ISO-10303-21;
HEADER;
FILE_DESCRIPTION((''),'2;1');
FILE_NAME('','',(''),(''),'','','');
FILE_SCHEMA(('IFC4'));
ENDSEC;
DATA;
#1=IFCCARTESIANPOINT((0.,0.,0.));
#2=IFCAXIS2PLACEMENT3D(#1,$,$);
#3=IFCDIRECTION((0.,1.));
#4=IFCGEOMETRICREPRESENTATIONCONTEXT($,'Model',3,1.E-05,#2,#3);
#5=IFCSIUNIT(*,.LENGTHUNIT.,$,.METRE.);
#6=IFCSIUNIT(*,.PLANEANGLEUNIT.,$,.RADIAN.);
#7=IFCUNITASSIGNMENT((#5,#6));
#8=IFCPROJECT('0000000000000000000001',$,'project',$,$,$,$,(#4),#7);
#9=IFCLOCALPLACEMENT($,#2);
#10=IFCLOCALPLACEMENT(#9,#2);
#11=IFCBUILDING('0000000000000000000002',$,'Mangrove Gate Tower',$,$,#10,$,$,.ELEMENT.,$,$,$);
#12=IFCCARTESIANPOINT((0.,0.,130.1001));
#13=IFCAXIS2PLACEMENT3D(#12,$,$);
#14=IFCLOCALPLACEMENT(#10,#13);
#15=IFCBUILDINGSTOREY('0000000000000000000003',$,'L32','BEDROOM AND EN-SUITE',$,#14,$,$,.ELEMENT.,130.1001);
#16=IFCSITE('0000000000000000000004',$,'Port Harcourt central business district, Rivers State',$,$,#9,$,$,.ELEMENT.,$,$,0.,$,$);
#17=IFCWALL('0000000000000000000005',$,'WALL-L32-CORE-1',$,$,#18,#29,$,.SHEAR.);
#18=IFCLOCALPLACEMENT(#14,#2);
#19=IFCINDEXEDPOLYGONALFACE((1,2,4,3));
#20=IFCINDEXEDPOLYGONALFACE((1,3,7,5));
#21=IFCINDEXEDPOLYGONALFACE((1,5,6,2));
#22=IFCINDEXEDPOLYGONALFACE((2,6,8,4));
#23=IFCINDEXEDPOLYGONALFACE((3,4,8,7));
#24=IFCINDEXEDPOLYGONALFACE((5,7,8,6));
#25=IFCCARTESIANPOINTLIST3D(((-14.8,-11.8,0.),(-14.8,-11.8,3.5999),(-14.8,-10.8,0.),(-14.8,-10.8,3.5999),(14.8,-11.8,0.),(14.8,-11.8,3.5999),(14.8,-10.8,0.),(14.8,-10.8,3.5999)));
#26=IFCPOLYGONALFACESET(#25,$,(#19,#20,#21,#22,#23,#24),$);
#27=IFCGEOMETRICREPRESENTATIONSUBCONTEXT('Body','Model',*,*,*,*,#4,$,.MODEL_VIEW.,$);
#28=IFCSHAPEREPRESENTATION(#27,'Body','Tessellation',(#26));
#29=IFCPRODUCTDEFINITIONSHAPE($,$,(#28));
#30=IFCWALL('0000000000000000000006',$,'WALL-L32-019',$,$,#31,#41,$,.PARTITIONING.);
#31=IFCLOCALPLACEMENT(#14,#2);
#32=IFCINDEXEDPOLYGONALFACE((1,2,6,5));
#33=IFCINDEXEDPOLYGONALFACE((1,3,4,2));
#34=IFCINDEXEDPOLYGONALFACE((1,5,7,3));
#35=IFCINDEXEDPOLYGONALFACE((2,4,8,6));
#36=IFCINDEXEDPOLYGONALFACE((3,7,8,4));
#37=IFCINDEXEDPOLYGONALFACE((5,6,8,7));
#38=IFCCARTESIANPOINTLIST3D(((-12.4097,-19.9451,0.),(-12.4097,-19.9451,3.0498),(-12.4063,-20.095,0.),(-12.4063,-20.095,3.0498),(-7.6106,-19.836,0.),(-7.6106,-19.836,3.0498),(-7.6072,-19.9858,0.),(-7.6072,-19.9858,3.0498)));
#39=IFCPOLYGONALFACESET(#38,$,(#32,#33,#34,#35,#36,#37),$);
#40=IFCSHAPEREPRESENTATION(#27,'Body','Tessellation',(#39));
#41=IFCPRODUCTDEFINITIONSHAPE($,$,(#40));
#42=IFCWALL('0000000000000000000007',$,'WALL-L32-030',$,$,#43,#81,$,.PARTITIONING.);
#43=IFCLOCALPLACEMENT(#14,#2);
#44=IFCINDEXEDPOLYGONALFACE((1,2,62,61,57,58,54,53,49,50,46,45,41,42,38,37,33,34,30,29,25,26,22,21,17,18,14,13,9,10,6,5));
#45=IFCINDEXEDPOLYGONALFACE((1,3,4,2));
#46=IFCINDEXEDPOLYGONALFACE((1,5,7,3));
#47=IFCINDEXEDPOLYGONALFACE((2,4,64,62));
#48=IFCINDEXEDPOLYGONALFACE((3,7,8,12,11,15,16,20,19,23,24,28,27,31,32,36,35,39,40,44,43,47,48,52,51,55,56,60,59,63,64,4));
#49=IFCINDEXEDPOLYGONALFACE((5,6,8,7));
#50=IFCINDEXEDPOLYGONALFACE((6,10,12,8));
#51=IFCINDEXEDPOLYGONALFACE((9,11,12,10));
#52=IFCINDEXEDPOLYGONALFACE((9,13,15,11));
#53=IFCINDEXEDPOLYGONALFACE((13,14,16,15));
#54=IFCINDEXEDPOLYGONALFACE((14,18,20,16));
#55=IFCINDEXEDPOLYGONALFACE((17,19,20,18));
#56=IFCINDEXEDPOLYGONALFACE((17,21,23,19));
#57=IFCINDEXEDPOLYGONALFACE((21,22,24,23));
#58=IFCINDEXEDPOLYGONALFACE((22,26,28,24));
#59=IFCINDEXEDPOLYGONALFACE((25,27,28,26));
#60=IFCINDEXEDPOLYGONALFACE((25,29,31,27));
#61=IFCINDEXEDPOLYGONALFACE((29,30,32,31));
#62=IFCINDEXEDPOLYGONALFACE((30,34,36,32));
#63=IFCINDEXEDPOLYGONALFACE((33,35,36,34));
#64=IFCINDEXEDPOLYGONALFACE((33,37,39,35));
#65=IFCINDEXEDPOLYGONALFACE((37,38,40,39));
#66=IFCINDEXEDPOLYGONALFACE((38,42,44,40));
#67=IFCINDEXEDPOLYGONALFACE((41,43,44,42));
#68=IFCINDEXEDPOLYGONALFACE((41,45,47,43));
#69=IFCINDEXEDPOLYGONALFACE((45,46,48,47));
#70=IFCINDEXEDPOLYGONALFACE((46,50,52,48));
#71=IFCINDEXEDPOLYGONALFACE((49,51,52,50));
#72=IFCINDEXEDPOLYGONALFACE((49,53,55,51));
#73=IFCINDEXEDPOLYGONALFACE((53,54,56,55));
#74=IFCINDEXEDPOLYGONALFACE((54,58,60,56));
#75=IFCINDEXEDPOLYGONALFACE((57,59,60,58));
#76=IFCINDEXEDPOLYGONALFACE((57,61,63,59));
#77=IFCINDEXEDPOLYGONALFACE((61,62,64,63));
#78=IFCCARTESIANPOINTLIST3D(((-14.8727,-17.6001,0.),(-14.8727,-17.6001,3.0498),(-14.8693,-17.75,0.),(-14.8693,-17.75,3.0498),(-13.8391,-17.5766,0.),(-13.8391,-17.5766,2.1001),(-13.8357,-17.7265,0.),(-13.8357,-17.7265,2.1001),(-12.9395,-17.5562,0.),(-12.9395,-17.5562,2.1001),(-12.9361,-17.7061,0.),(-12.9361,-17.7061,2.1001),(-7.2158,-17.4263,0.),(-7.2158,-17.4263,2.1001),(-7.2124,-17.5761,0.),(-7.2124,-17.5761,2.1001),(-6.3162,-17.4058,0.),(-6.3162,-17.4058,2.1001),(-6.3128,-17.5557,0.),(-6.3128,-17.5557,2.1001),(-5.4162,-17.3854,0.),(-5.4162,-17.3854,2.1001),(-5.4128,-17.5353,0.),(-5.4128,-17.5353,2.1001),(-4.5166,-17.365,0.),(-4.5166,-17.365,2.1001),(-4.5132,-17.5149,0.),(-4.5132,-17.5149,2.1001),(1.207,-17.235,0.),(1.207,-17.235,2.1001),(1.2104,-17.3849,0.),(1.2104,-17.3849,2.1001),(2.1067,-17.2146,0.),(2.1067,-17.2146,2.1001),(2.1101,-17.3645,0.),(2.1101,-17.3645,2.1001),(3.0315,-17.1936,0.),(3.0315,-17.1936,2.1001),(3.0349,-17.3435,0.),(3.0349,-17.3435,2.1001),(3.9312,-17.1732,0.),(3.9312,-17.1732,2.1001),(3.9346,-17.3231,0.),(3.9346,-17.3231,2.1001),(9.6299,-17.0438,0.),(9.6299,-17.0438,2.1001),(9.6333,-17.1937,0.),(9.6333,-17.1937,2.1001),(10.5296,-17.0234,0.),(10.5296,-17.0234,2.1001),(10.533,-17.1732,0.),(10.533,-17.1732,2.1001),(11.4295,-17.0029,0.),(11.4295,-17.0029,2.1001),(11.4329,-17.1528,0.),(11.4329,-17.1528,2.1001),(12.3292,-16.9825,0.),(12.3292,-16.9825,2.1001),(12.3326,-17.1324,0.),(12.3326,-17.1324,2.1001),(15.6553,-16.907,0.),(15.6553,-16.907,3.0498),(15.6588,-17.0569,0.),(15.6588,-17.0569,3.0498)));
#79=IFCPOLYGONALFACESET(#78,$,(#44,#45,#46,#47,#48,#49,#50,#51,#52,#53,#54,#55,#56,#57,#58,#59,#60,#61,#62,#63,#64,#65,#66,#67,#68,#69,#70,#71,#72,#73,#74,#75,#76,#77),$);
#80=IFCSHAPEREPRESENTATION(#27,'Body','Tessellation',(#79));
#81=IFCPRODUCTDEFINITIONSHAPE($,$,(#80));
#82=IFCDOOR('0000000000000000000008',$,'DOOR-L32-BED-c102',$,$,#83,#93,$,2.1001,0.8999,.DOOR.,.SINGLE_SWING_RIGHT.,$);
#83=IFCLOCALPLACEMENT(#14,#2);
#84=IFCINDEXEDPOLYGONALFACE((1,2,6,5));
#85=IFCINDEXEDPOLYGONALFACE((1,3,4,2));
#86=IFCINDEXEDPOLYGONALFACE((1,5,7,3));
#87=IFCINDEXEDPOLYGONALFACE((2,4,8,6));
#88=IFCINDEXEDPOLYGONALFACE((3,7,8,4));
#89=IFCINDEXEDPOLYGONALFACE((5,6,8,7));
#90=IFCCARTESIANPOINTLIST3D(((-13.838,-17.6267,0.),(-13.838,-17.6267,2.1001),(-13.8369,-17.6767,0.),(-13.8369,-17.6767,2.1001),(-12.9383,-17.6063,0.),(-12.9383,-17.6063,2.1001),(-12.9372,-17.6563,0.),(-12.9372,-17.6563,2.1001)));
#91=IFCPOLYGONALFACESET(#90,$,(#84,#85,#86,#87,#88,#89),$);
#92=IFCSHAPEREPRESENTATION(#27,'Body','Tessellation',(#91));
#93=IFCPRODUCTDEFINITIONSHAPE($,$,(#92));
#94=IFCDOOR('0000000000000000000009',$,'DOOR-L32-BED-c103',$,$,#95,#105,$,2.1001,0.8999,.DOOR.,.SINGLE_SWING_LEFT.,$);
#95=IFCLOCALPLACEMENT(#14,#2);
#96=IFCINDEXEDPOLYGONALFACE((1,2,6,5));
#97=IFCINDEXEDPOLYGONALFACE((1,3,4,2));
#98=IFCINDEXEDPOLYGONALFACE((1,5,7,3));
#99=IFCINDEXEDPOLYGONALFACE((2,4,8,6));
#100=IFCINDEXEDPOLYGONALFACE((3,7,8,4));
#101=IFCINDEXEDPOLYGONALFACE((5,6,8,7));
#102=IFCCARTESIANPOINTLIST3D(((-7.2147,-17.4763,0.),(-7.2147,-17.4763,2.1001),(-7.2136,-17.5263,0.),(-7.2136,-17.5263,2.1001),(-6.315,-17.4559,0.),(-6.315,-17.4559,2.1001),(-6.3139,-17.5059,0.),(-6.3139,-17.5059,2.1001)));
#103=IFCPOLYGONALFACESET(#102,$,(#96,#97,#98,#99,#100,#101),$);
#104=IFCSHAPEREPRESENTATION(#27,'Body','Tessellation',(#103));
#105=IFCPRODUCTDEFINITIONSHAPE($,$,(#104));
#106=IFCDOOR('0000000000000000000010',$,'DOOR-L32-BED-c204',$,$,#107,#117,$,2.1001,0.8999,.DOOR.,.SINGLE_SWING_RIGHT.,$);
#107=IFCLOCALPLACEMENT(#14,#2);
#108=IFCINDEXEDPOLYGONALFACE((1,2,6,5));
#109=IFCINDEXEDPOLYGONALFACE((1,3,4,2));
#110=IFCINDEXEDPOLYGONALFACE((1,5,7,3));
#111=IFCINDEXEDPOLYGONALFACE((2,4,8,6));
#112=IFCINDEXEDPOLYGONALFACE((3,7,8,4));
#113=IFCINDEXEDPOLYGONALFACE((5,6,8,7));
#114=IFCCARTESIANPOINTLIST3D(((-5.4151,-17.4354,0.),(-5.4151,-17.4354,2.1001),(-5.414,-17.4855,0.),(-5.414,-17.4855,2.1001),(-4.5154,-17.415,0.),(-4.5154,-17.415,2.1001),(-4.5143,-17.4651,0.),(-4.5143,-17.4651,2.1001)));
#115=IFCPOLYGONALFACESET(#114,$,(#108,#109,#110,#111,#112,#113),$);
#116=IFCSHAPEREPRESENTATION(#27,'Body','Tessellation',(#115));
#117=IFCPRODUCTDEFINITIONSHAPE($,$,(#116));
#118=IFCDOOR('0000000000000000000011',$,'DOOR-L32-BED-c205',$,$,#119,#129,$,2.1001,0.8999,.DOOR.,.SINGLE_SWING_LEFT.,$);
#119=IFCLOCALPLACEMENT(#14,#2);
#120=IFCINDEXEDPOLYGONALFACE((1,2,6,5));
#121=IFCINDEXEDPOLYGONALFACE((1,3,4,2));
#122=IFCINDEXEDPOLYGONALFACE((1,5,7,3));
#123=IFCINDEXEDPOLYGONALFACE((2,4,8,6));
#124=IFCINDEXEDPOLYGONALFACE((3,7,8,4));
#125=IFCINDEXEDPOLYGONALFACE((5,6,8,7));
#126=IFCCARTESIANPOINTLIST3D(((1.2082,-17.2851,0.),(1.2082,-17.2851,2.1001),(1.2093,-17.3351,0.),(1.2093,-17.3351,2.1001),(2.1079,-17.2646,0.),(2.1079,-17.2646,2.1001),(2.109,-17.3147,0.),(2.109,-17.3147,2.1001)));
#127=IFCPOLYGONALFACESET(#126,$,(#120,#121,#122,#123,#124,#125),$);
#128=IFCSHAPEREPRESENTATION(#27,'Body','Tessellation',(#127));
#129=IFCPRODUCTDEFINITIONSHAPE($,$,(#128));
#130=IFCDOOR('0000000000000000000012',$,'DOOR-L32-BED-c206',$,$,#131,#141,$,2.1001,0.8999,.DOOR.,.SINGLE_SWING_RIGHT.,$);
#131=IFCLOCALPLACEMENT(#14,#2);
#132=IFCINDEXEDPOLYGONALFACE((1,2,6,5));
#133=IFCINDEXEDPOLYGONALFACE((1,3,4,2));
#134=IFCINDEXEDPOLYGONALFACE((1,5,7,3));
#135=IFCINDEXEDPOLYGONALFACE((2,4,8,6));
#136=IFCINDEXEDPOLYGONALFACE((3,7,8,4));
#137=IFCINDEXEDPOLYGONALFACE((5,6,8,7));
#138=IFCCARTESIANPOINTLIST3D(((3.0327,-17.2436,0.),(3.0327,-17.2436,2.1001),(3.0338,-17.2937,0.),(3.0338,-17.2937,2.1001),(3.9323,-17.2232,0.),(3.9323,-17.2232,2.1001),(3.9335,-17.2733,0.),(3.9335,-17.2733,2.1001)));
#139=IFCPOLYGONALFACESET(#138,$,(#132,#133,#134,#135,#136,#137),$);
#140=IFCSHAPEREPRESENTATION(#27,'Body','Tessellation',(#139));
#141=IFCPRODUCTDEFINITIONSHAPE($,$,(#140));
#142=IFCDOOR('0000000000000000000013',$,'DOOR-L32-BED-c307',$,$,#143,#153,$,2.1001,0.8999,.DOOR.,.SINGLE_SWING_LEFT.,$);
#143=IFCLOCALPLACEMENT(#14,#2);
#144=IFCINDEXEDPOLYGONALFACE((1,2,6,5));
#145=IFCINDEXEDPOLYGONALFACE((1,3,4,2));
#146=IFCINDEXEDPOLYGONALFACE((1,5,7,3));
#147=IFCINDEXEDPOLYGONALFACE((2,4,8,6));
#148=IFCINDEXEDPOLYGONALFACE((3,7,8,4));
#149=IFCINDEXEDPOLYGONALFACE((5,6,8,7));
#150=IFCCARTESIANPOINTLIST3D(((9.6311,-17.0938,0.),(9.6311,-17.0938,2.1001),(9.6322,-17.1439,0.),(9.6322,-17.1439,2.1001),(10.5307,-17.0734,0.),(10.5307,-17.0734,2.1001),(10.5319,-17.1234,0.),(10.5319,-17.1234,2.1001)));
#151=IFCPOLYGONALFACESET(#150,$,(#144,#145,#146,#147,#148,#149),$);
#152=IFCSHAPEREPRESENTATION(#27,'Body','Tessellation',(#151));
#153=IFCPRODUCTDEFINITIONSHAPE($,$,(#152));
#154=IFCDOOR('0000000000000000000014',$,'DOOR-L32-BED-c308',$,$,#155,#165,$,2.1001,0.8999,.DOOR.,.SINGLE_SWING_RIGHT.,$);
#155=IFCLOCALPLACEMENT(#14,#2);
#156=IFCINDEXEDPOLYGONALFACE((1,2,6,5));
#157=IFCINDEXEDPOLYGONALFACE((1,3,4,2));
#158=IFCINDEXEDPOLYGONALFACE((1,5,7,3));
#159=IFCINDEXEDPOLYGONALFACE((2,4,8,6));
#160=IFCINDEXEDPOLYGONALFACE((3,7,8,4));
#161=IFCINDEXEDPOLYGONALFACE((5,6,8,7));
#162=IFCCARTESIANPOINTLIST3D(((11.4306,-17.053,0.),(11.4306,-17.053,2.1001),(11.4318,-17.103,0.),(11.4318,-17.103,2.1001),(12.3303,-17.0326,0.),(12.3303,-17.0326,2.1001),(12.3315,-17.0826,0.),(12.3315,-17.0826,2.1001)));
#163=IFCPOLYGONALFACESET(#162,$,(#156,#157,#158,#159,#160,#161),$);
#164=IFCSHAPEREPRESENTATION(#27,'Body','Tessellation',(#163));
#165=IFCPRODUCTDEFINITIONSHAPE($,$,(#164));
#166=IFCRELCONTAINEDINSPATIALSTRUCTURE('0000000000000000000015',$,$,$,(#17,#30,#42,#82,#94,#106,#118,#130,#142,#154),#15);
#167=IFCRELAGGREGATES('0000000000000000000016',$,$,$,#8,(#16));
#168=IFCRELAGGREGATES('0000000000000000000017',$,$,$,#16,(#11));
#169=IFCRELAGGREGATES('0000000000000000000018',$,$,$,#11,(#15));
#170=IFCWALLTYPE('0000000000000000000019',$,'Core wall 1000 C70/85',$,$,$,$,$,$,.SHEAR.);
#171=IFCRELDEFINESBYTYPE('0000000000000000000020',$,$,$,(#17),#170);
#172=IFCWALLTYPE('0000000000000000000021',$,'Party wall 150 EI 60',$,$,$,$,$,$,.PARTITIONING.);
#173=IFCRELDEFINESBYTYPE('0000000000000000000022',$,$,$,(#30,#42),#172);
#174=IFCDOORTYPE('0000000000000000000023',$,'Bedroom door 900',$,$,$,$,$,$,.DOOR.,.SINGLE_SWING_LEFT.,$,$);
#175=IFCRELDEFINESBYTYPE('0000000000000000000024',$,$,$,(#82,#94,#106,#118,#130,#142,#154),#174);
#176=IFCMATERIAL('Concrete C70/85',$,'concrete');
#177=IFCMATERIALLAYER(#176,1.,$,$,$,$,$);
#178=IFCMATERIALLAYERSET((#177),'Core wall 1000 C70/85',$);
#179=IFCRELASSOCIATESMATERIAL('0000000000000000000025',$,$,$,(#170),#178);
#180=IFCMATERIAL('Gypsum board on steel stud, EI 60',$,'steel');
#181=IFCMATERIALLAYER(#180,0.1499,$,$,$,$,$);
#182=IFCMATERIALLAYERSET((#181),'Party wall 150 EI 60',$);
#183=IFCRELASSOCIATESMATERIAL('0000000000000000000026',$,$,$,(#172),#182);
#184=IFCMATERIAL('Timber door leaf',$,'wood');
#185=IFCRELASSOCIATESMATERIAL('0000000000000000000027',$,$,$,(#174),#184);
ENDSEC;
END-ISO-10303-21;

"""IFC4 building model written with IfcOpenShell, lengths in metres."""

from ifc_helpers import new_model, si_unit, direction, frame, frame_2d, origin, place, context, subcontext, project, spatial, rectangle, extrude, material, layer, layer_set, type_object, element, fill, save


model = new_model("IFC4")

# Units and contexts
model_context = context("Model", 3, precision=1e-05, world=origin(), true_north=direction((0.0, 1.0)))
body_context = subcontext(model_context, "Body", "Model", "MODEL_VIEW")
ifc_project = project(units=[si_unit("LENGTHUNIT", "METRE"), si_unit("PLANEANGLEUNIT", "RADIAN")], contexts=[model_context])

# Site, building, storey
site_placement = place(None, origin())
site = spatial("IfcSite", under=ifc_project, at=site_placement, Name="Port Harcourt central business district, Rivers State", CompositionType="ELEMENT", RefElevation=0.0)
building_placement = place(site_placement, origin())
building = spatial("IfcBuilding", under=site, at=building_placement, Name="Mangrove Gate Tower", CompositionType="ELEMENT")
storey_placement = place(building_placement, frame((0.0, 0.0, 130.1001)))
storey = spatial("IfcBuildingStorey", under=building, at=storey_placement, Name="L32", Description="BEDROOM AND EN-SUITE", CompositionType="ELEMENT", Elevation=130.1001)

# Wall
ifc_material_1 = material(Name="Concrete C70/85", Category="concrete")
ifc_layer_1 = layer(ifc_material_1, 1.0)
ifc_layer_set_1 = layer_set([ifc_layer_1], Name="Core wall 1000 C70/85")
wall_type_1 = type_object("IfcWallType", Name="Core wall 1000 C70/85", PredefinedType="SHEAR", material=ifc_layer_set_1)
wall_1_placement = place(storey_placement, frame((-14.8, -11.3, 0.0), z_axis=(0.0, 0.0, 1.0), x_axis=(1.0, 0.0, 0.0)))
element("IfcWall", 1, at=wall_1_placement, inside=storey, type_object=wall_type_1, Name="WALL-L32-CORE-1", PredefinedType="SHEAR", context=body_context, shape_type="SweptSolid", body=[
    extrude(rectangle(XDim=29.6001, YDim=1.0, at=frame_2d((14.8, 0.0))), origin(), (0.0, 0.0, 1.0), 3.5999),
])

# Wall
ifc_material_2 = material(Name="Gypsum board on steel stud, EI 60", Category="steel")
ifc_layer_2 = layer(ifc_material_2, 0.1499)
ifc_layer_set_2 = layer_set([ifc_layer_2], Name="Party wall 150 EI 60")
wall_type_2 = type_object("IfcWallType", Name="Party wall 150 EI 60", PredefinedType="PARTITIONING", material=ifc_layer_set_2)
wall_2_placement = place(storey_placement, frame((-12.408, -20.02, 0.0), z_axis=(0.0, 0.0, 1.0), x_axis=(0.999742, 0.022734, 0.0)))
element("IfcWall", 2, at=wall_2_placement, inside=storey, type_object=wall_type_2, Name="WALL-L32-019", PredefinedType="PARTITIONING", context=body_context, shape_type="SweptSolid", body=[
    extrude(rectangle(XDim=4.8003, YDim=0.1499, at=frame_2d((2.4001, 0.0))), origin(), (0.0, 0.0, 1.0), 3.0498),
])

# Wall, openings, doors
wall_3_placement = place(storey_placement, frame((-14.8711, -17.675, 0.0), z_axis=(0.0, 0.0, 1.0), x_axis=(0.999742, 0.022698, 0.0)))
wall_3 = element("IfcWall", 3, at=wall_3_placement, inside=storey, type_object=wall_type_2, Name="WALL-L32-030", PredefinedType="PARTITIONING", context=body_context, shape_type="SweptSolid", body=[
    extrude(rectangle(XDim=30.5359, YDim=0.1499, at=frame_2d((15.2681, 0.0))), origin(), (0.0, 0.0, 1.0), 3.0498),
])
opening_1_placement = place(wall_3_placement, frame((1.0339, 0.0, 0.0)))
opening_1 = element("IfcOpeningElement", 4, at=opening_1_placement, cuts=wall_3, PredefinedType="OPENING", context=body_context, shape_type="SweptSolid", body=[
    extrude(rectangle(XDim=0.8999, YDim=2.1001, at=frame_2d((0.45, 1.05))), frame((0.0, 0.085, 0.0), z_axis=(0.0, -1.0, 0.0), x_axis=(1.0, 0.0, 0.0)), (0.0, 0.0, 1.0), 0.1699),
])
opening_2_placement = place(wall_3_placement, frame((7.6589, 0.0, 0.0)))
opening_2 = element("IfcOpeningElement", 5, at=opening_2_placement, cuts=wall_3, PredefinedType="OPENING", context=body_context, shape_type="SweptSolid", body=[
    extrude(rectangle(XDim=0.8999, YDim=2.1001, at=frame_2d((0.45, 1.05))), frame((0.0, 0.085, 0.0), z_axis=(0.0, -1.0, 0.0), x_axis=(1.0, 0.0, 0.0)), (0.0, 0.0, 1.0), 0.1699),
])
opening_3_placement = place(wall_3_placement, frame((9.459, 0.0, 0.0)))
opening_3 = element("IfcOpeningElement", 6, at=opening_3_placement, cuts=wall_3, PredefinedType="OPENING", context=body_context, shape_type="SweptSolid", body=[
    extrude(rectangle(XDim=0.8999, YDim=2.1001, at=frame_2d((0.45, 1.05))), frame((0.0, 0.085, 0.0), z_axis=(0.0, -1.0, 0.0), x_axis=(1.0, 0.0, 0.0)), (0.0, 0.0, 1.0), 0.1699),
])
opening_4_placement = place(wall_3_placement, frame((16.084, 0.0, 0.0)))
opening_4 = element("IfcOpeningElement", 7, at=opening_4_placement, cuts=wall_3, PredefinedType="OPENING", context=body_context, shape_type="SweptSolid", body=[
    extrude(rectangle(XDim=0.8999, YDim=2.1001, at=frame_2d((0.45, 1.05))), frame((0.0, 0.085, 0.0), z_axis=(0.0, -1.0, 0.0), x_axis=(1.0, 0.0, 0.0)), (0.0, 0.0, 1.0), 0.1699),
])
opening_5_placement = place(wall_3_placement, frame((17.9089, 0.0, 0.0)))
opening_5 = element("IfcOpeningElement", 8, at=opening_5_placement, cuts=wall_3, PredefinedType="OPENING", context=body_context, shape_type="SweptSolid", body=[
    extrude(rectangle(XDim=0.8999, YDim=2.1001, at=frame_2d((0.45, 1.05))), frame((0.0, 0.085, 0.0), z_axis=(0.0, -1.0, 0.0), x_axis=(1.0, 0.0, 0.0)), (0.0, 0.0, 1.0), 0.1699),
])
opening_6_placement = place(wall_3_placement, frame((24.509, 0.0, 0.0)))
opening_6 = element("IfcOpeningElement", 9, at=opening_6_placement, cuts=wall_3, PredefinedType="OPENING", context=body_context, shape_type="SweptSolid", body=[
    extrude(rectangle(XDim=0.8999, YDim=2.1001, at=frame_2d((0.45, 1.05))), frame((0.0, 0.085, 0.0), z_axis=(0.0, -1.0, 0.0), x_axis=(1.0, 0.0, 0.0)), (0.0, 0.0, 1.0), 0.1699),
])
opening_7_placement = place(wall_3_placement, frame((26.3091, 0.0, 0.0)))
opening_7 = element("IfcOpeningElement", 10, at=opening_7_placement, cuts=wall_3, PredefinedType="OPENING", context=body_context, shape_type="SweptSolid", body=[
    extrude(rectangle(XDim=0.8999, YDim=2.1001, at=frame_2d((0.45, 1.05))), frame((0.0, 0.085, 0.0), z_axis=(0.0, -1.0, 0.0), x_axis=(1.0, 0.0, 0.0)), (0.0, 0.0, 1.0), 0.1699),
])
ifc_material_3 = material(Name="Timber door leaf", Category="wood")
door_type_1 = type_object("IfcDoorType", Name="Bedroom door 900", OperationType="SINGLE_SWING_LEFT", PredefinedType="DOOR", material=ifc_material_3)
door_1_placement = place(opening_1_placement, origin())
door_1 = element("IfcDoor", 11, at=door_1_placement, inside=storey, type_object=door_type_1, Name="DOOR-L32-BED-c102", OperationType="SINGLE_SWING_RIGHT", OverallHeight=2.1001, OverallWidth=0.8999, PredefinedType="DOOR", context=body_context, shape_type="SweptSolid", body=[
    extrude(rectangle(XDim=0.8999, YDim=2.1001, at=frame_2d((0.45, 1.05))), frame((0.0, 0.0249, 0.0), z_axis=(0.0, -1.0, 0.0), x_axis=(1.0, 0.0, 0.0)), (0.0, 0.0, 1.0), 0.05),
])
fill(opening_1, door_1)
door_2_placement = place(opening_2_placement, origin())
door_2 = element("IfcDoor", 12, at=door_2_placement, inside=storey, type_object=door_type_1, Name="DOOR-L32-BED-c103", OperationType="SINGLE_SWING_LEFT", OverallHeight=2.1001, OverallWidth=0.8999, PredefinedType="DOOR", context=body_context, shape_type="SweptSolid", body=[
    extrude(rectangle(XDim=0.8999, YDim=2.1001, at=frame_2d((0.45, 1.05))), frame((0.0, 0.0249, 0.0), z_axis=(0.0, -1.0, 0.0), x_axis=(1.0, 0.0, 0.0)), (0.0, 0.0, 1.0), 0.05),
])
fill(opening_2, door_2)
door_3_placement = place(opening_3_placement, origin())
door_3 = element("IfcDoor", 13, at=door_3_placement, inside=storey, type_object=door_type_1, Name="DOOR-L32-BED-c204", OperationType="SINGLE_SWING_RIGHT", OverallHeight=2.1001, OverallWidth=0.8999, PredefinedType="DOOR", context=body_context, shape_type="SweptSolid", body=[
    extrude(rectangle(XDim=0.8999, YDim=2.1001, at=frame_2d((0.45, 1.05))), frame((0.0, 0.0249, 0.0), z_axis=(0.0, -1.0, 0.0), x_axis=(1.0, 0.0, 0.0)), (0.0, 0.0, 1.0), 0.05),
])
fill(opening_3, door_3)
door_4_placement = place(opening_4_placement, origin())
door_4 = element("IfcDoor", 14, at=door_4_placement, inside=storey, type_object=door_type_1, Name="DOOR-L32-BED-c205", OperationType="SINGLE_SWING_LEFT", OverallHeight=2.1001, OverallWidth=0.8999, PredefinedType="DOOR", context=body_context, shape_type="SweptSolid", body=[
    extrude(rectangle(XDim=0.8999, YDim=2.1001, at=frame_2d((0.45, 1.05))), frame((0.0, 0.0249, 0.0), z_axis=(0.0, -1.0, 0.0), x_axis=(1.0, 0.0, 0.0)), (0.0, 0.0, 1.0), 0.05),
])
fill(opening_4, door_4)
door_5_placement = place(opening_5_placement, origin())
door_5 = element("IfcDoor", 15, at=door_5_placement, inside=storey, type_object=door_type_1, Name="DOOR-L32-BED-c206", OperationType="SINGLE_SWING_RIGHT", OverallHeight=2.1001, OverallWidth=0.8999, PredefinedType="DOOR", context=body_context, shape_type="SweptSolid", body=[
    extrude(rectangle(XDim=0.8999, YDim=2.1001, at=frame_2d((0.45, 1.05))), frame((0.0, 0.0249, 0.0), z_axis=(0.0, -1.0, 0.0), x_axis=(1.0, 0.0, 0.0)), (0.0, 0.0, 1.0), 0.05),
])
fill(opening_5, door_5)
door_6_placement = place(opening_6_placement, origin())
door_6 = element("IfcDoor", 16, at=door_6_placement, inside=storey, type_object=door_type_1, Name="DOOR-L32-BED-c307", OperationType="SINGLE_SWING_LEFT", OverallHeight=2.1001, OverallWidth=0.8999, PredefinedType="DOOR", context=body_context, shape_type="SweptSolid", body=[
    extrude(rectangle(XDim=0.8999, YDim=2.1001, at=frame_2d((0.45, 1.05))), frame((0.0, 0.0249, 0.0), z_axis=(0.0, -1.0, 0.0), x_axis=(1.0, 0.0, 0.0)), (0.0, 0.0, 1.0), 0.05),
])
fill(opening_6, door_6)
door_7_placement = place(opening_7_placement, origin())
door_7 = element("IfcDoor", 17, at=door_7_placement, inside=storey, type_object=door_type_1, Name="DOOR-L32-BED-c308", OperationType="SINGLE_SWING_RIGHT", OverallHeight=2.1001, OverallWidth=0.8999, PredefinedType="DOOR", context=body_context, shape_type="SweptSolid", body=[
    extrude(rectangle(XDim=0.8999, YDim=2.1001, at=frame_2d((0.45, 1.05))), frame((0.0, 0.0249, 0.0), z_axis=(0.0, -1.0, 0.0), x_axis=(1.0, 0.0, 0.0)), (0.0, 0.0, 1.0), 0.05),
])
fill(opening_7, door_7)

save(model, "model.ifc")
